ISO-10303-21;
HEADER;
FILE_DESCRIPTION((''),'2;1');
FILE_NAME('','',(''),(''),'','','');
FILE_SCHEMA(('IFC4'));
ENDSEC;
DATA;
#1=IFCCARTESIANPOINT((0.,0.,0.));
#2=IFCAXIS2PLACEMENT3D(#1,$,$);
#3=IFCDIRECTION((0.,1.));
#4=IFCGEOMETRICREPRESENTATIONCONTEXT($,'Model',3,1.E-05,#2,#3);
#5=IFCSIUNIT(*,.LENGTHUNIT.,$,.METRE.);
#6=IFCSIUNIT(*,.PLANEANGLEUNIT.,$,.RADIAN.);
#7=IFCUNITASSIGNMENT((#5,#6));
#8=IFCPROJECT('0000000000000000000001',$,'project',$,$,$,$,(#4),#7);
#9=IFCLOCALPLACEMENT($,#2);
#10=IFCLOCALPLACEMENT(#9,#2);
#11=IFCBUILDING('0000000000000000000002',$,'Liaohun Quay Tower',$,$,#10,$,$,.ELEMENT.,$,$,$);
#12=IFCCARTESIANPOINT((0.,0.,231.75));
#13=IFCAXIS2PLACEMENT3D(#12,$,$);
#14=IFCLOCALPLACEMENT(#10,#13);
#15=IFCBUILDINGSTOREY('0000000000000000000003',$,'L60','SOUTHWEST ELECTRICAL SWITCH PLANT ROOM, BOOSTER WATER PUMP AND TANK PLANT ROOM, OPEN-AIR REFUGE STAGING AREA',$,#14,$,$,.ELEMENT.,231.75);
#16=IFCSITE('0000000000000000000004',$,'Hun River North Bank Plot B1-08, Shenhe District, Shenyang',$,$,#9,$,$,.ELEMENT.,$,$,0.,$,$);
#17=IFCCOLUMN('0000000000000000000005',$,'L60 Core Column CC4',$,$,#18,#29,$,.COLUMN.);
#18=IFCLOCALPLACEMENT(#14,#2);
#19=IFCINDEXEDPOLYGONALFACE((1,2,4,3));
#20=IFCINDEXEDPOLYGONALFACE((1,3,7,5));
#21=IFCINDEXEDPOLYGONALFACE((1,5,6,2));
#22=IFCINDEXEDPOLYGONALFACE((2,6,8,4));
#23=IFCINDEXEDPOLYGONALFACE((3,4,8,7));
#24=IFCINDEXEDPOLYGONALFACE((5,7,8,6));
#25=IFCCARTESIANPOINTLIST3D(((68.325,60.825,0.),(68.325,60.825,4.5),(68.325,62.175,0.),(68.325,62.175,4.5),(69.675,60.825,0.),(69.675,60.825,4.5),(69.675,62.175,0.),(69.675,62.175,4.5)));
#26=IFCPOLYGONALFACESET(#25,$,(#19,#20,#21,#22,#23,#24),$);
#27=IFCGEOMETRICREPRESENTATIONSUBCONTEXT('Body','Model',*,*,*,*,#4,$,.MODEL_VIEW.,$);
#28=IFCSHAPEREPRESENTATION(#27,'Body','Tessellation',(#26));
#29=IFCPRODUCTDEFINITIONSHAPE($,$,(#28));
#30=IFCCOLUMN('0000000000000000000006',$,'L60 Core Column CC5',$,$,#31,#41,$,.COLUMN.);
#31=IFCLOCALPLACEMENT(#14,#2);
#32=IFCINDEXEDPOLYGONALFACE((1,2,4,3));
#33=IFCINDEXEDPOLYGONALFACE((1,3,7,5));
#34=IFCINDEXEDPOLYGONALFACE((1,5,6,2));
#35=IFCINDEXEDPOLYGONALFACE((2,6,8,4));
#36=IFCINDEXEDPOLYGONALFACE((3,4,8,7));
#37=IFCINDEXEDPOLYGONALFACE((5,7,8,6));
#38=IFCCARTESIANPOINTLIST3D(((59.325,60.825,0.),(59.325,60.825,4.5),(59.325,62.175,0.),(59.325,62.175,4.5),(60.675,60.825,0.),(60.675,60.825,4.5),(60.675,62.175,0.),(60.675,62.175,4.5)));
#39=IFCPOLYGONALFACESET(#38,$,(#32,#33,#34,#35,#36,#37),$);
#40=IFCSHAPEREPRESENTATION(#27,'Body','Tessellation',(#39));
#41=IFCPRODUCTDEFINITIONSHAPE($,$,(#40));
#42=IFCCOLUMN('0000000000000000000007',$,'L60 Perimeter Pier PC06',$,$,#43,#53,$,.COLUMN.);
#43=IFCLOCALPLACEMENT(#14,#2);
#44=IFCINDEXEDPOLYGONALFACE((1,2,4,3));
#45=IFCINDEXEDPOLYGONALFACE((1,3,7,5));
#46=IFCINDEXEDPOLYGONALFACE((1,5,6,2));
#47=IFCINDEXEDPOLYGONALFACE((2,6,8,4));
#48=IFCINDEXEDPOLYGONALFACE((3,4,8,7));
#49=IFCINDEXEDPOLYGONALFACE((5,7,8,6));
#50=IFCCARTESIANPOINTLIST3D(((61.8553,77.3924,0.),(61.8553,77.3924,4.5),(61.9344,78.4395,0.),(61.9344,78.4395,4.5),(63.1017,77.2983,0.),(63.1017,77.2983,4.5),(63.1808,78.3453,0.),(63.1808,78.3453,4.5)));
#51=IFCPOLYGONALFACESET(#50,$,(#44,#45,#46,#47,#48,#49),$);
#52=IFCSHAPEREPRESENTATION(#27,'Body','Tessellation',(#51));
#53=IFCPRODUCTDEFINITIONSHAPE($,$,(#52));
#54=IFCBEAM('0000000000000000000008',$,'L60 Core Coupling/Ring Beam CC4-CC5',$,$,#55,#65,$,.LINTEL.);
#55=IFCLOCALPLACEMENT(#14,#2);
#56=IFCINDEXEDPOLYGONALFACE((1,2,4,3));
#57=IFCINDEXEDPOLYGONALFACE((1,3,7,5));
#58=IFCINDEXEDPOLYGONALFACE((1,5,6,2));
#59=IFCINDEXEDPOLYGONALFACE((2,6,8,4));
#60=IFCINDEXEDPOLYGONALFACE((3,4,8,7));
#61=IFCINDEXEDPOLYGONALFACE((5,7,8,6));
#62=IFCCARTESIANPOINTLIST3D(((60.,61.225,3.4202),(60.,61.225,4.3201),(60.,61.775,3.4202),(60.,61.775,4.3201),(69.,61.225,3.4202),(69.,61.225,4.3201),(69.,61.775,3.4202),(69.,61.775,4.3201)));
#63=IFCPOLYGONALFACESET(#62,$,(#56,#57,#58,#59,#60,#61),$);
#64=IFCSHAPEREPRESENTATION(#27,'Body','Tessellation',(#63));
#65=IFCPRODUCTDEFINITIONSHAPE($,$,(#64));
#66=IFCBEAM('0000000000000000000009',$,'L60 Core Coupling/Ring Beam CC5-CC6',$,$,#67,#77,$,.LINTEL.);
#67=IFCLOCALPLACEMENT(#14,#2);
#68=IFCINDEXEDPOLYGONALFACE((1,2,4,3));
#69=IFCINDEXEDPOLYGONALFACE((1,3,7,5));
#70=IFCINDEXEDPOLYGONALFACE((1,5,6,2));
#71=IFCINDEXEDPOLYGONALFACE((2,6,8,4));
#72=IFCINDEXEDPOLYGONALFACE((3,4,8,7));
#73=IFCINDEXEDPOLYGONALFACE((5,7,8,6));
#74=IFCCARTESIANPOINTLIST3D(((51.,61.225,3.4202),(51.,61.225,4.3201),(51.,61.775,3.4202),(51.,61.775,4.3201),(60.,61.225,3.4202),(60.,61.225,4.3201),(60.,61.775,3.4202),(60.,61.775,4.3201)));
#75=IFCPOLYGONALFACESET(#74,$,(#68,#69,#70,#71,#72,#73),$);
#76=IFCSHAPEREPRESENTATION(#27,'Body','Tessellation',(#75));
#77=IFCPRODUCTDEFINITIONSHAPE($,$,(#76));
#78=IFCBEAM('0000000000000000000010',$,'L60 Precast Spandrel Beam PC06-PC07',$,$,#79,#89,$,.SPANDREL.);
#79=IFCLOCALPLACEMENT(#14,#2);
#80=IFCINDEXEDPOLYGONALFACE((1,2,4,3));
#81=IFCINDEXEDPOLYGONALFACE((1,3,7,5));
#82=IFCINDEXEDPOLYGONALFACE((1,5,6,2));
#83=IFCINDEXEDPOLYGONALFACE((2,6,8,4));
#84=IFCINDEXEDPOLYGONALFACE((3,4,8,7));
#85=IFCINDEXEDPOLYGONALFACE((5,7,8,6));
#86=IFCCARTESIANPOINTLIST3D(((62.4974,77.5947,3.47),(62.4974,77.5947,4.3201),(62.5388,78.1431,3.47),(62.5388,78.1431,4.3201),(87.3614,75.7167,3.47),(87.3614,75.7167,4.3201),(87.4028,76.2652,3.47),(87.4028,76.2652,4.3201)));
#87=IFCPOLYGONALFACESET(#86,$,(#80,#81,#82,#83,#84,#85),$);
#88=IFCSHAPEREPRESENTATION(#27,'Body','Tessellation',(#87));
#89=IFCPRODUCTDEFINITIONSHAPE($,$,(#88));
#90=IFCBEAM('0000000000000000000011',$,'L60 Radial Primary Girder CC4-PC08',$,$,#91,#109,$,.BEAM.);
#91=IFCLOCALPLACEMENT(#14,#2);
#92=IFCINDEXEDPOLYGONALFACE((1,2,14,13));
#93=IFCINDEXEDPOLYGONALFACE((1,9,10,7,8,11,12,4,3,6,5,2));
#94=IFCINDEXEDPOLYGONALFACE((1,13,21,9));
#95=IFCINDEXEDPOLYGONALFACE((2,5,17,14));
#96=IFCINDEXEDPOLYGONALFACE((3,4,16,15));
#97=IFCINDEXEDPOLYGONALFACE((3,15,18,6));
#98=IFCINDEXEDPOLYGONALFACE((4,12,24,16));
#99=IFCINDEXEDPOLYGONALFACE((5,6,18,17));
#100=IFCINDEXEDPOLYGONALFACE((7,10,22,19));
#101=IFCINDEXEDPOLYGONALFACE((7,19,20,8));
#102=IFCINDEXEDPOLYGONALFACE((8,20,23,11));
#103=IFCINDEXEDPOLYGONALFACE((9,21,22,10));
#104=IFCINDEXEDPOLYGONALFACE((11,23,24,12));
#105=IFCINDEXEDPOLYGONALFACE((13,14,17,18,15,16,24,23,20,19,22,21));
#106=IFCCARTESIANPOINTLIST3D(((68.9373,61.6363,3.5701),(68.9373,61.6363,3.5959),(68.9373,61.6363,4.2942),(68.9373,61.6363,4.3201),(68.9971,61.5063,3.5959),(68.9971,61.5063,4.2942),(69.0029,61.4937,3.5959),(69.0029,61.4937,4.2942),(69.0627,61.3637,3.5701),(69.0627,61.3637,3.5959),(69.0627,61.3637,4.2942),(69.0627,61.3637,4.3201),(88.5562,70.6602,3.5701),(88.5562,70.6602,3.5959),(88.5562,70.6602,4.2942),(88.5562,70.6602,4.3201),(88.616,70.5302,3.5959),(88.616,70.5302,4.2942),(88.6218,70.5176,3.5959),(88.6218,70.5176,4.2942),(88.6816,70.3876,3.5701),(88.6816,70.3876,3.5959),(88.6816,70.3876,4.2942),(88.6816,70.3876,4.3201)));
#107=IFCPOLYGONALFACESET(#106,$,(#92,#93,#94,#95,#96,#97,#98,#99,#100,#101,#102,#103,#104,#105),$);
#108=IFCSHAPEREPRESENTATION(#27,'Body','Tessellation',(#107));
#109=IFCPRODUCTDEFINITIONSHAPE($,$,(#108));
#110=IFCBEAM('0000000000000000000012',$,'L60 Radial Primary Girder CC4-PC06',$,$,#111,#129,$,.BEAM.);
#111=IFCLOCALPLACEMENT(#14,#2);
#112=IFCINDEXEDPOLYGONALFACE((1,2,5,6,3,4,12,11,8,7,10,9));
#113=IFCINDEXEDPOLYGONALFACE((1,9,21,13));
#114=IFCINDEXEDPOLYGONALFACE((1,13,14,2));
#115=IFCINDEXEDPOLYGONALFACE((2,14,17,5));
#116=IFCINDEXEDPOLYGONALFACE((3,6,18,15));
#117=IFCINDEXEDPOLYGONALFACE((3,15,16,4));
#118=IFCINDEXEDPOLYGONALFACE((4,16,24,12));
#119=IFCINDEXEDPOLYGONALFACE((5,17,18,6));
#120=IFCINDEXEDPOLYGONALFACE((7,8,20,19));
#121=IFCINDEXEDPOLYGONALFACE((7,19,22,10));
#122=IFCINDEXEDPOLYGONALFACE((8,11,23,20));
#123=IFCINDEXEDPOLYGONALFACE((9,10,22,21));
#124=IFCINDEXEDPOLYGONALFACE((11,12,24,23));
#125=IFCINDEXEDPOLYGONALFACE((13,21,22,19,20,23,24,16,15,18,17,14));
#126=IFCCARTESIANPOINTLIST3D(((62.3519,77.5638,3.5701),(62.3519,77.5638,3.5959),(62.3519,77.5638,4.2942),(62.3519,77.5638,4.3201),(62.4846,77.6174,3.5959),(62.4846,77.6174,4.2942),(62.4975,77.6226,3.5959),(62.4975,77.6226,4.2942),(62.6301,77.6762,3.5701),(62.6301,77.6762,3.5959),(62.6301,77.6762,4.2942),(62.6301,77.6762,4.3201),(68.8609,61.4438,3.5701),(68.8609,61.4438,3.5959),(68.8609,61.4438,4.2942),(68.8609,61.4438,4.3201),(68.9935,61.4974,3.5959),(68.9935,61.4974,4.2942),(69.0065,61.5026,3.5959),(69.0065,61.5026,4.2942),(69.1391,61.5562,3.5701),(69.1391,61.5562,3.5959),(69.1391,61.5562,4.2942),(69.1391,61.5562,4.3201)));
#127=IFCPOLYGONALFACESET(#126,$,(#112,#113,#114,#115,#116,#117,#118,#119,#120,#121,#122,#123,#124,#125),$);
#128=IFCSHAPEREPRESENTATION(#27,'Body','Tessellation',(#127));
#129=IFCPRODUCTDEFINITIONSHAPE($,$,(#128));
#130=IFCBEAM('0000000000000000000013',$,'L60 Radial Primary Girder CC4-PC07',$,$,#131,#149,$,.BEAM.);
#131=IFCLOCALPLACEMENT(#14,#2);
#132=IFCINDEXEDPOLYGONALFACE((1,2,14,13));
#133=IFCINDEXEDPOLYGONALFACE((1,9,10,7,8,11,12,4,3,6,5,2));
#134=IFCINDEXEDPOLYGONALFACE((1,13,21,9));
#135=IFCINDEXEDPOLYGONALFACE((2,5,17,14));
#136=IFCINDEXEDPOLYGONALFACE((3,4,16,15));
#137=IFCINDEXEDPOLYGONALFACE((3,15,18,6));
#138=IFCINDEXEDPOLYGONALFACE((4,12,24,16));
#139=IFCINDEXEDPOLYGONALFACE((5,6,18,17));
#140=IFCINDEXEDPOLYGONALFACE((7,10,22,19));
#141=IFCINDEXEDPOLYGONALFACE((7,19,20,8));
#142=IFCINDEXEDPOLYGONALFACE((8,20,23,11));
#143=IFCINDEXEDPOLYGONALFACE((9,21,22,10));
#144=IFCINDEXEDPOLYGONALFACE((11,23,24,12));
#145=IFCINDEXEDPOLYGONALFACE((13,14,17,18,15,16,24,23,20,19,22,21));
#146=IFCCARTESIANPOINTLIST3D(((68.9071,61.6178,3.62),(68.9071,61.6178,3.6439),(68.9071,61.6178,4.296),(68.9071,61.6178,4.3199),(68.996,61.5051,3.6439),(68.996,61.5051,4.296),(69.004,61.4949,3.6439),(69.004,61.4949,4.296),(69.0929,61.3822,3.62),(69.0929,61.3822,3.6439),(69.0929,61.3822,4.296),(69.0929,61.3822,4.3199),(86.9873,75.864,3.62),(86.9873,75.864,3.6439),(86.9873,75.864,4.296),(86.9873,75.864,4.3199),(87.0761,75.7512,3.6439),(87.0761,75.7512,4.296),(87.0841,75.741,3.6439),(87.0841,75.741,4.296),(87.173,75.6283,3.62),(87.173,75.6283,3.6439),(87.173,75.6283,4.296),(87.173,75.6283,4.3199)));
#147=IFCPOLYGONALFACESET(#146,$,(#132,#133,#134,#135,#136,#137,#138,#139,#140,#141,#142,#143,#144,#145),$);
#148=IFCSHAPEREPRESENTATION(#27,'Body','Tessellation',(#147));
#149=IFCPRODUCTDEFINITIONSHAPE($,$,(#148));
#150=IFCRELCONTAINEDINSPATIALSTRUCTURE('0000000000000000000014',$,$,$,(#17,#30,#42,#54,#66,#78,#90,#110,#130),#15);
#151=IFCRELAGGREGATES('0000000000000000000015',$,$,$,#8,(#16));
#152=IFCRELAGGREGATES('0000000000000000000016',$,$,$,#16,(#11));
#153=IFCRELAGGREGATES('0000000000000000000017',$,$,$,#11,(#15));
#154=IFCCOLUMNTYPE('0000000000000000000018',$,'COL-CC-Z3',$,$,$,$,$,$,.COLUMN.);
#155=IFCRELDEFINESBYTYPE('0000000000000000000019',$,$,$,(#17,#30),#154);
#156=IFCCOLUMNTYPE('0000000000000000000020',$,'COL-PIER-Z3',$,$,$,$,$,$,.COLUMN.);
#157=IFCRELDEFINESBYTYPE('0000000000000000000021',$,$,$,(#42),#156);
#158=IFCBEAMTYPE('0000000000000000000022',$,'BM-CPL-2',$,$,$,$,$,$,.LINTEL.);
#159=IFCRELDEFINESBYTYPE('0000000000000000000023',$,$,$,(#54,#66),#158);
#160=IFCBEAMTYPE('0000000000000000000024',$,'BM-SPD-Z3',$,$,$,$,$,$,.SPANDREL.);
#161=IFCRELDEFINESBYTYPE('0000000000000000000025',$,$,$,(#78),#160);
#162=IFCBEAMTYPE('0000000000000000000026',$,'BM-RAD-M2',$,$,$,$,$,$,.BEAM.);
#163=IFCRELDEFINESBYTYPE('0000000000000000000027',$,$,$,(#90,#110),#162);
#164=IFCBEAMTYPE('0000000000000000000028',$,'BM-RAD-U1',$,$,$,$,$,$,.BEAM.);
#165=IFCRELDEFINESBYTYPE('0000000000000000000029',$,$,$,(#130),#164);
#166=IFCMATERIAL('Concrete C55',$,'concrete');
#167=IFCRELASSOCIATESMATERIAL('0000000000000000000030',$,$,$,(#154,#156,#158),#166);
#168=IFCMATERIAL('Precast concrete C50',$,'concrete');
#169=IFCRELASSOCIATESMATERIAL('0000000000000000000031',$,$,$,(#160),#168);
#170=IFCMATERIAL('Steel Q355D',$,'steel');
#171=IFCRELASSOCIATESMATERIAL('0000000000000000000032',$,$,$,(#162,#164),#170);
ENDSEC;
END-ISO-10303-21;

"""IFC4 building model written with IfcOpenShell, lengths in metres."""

from ifc_helpers import new_model, si_unit, direction, frame, origin, origin_2d, place, context, subcontext, project, spatial, rectangle, i_section, extrude, source, transform, mapped, material, material_profile, profile_set, type_object, element, save


model = new_model("IFC4")

# Units and contexts
model_context = context("Model", 3, precision=1e-05, world=origin(), true_north=direction((0.0, 1.0)))
body_context = subcontext(model_context, "Body", "Model", "MODEL_VIEW")
ifc_project = project(units=[si_unit("LENGTHUNIT", "METRE"), si_unit("PLANEANGLEUNIT", "RADIAN")], contexts=[model_context])

# Site, building, storey
site_placement = place(None, origin())
site = spatial("IfcSite", under=ifc_project, at=site_placement, Name="Hun River North Bank Plot B1-08, Shenhe District, Shenyang", CompositionType="ELEMENT", RefElevation=0.0)
building_placement = place(site_placement, origin())
building = spatial("IfcBuilding", under=site, at=building_placement, Name="Liaohun Quay Tower", CompositionType="ELEMENT")
storey_placement = place(building_placement, frame((0.0, 0.0, 231.75)))
storey = spatial("IfcBuildingStorey", under=building, at=storey_placement, Name="L60", Description="SOUTHWEST ELECTRICAL SWITCH PLANT ROOM, BOOSTER WATER PUMP AND TANK PLANT ROOM, OPEN-AIR REFUGE STAGING AREA", CompositionType="ELEMENT", Elevation=231.75)

# Columns
ifc_material_1 = material(Name="Concrete C55", Category="concrete")
ifc_material_profile_1 = material_profile(ifc_material_1, rectangle(XDim=1.3501, YDim=1.3501, at=origin_2d()), Name="RC1350x1350")
ifc_profile_set_1 = profile_set([ifc_material_profile_1], Name="Concrete C55")
column_type_1 = type_object("IfcColumnType", Name="COL-CC-Z3", PredefinedType="COLUMN", material=ifc_profile_set_1)
shared_shape_1 = source(origin(), body_context, "Body", "SweptSolid", [
    extrude(rectangle(XDim=1.3501, YDim=1.3501, at=origin_2d()), origin(), (0.0, 0.0, 1.0), 4.5),
])
for number, where, z_axis, x_axis, name in (
    (1, (69.0, 61.5, 0.0), (0.0, 0.0, 1.0), (1.0, 0.0, 0.0), "L60 Core Column CC4"),
    (2, (60.0, 61.5, 0.0), (0.0, 0.0, 1.0), (1.0, 0.0, 0.0), "L60 Core Column CC5"),
):
    element("IfcColumn", number, at=place(storey_placement, frame(where, z_axis=z_axis, x_axis=x_axis)), inside=storey, type_object=column_type_1, Name=name, PredefinedType="COLUMN", context=body_context, shape_type="MappedRepresentation", body=[
        mapped(shared_shape_1, transform((0.0, 0.0, 0.0), x_axis=(1.0, 0.0, 0.0), y_axis=(0.0, 1.0, 0.0), z_axis=(0.0, 0.0, 1.0), scale=1.0)),
    ])
ifc_material_profile_2 = material_profile(ifc_material_1, rectangle(XDim=1.25, YDim=1.05, at=origin_2d()), Name="RC1250x1050")
ifc_profile_set_2 = profile_set([ifc_material_profile_2], Name="Concrete C55")
column_type_2 = type_object("IfcColumnType", Name="COL-PIER-Z3", PredefinedType="COLUMN", material=ifc_profile_set_2)
shared_shape_2 = source(origin(), body_context, "Body", "SweptSolid", [
    extrude(rectangle(XDim=1.25, YDim=1.05, at=origin_2d()), origin(), (0.0, 0.0, 1.0), 4.5),
])
column_placement = place(storey_placement, frame((62.5181, 77.8689, 0.0), z_axis=(0.0, 0.0, 1.0), x_axis=(-0.997159, 0.075327, 0.0)))
element("IfcColumn", 3, at=column_placement, inside=storey, type_object=column_type_2, Name="L60 Perimeter Pier PC06", PredefinedType="COLUMN", context=body_context, shape_type="MappedRepresentation", body=[
    mapped(shared_shape_2, transform((0.0, 0.0, 0.0), x_axis=(1.0, 0.0, 0.0), y_axis=(0.0, 1.0, 0.0), z_axis=(0.0, 0.0, 1.0), scale=1.0)),
])

# Beams
ifc_material_profile_3 = material_profile(ifc_material_1, rectangle(XDim=0.55, YDim=0.8999, at=origin_2d()), Name="RC550x900")
ifc_profile_set_3 = profile_set([ifc_material_profile_3], Name="Concrete C55")
beam_type_1 = type_object("IfcBeamType", Name="BM-CPL-2", PredefinedType="LINTEL", material=ifc_profile_set_3)
shared_shape_3 = source(origin(), body_context, "Body", "SweptSolid", [
    extrude(rectangle(XDim=0.55, YDim=0.8999, at=origin_2d()), origin(), (0.0, 0.0, 1.0), 9.0),
])
for number, where, z_axis, x_axis, name in (
    (4, (69.0, 61.5, 3.8701), (-1.0, 0.0, 0.0), (0.0, -1.0, 0.0), "L60 Core Coupling/Ring Beam CC4-CC5"),
    (5, (60.0, 61.5, 3.8701), (-1.0, 0.0, 0.0), (0.0, -1.0, 0.0), "L60 Core Coupling/Ring Beam CC5-CC6"),
):
    element("IfcBeam", number, at=place(storey_placement, frame(where, z_axis=z_axis, x_axis=x_axis)), inside=storey, type_object=beam_type_1, Name=name, PredefinedType="LINTEL", context=body_context, shape_type="MappedRepresentation", body=[
        mapped(shared_shape_3, transform((0.0, 0.0, 0.0), x_axis=(1.0, 0.0, 0.0), y_axis=(0.0, 1.0, 0.0), z_axis=(0.0, 0.0, 1.0), scale=1.0)),
    ])
ifc_material_2 = material(Name="Precast concrete C50", Category="concrete")
ifc_material_profile_4 = material_profile(ifc_material_2, rectangle(XDim=0.55, YDim=0.8501, at=origin_2d()), Name="RC550x850")
ifc_profile_set_4 = profile_set([ifc_material_profile_4], Name="Precast concrete C50")
beam_type_2 = type_object("IfcBeamType", Name="BM-SPD-Z3", PredefinedType="SPANDREL", material=ifc_profile_set_4)
shared_shape_4 = source(origin(), body_context, "Body", "SweptSolid", [
    extrude(rectangle(XDim=0.55, YDim=0.8501, at=origin_2d()), origin(), (0.0, 0.0, 1.0), 24.9348),
])
beam_1_placement = place(storey_placement, frame((62.5181, 77.8689, 3.895), z_axis=(0.99716, -0.075314, 0.0), x_axis=(0.075314, 0.99716, 0.0)))
element("IfcBeam", 6, at=beam_1_placement, inside=storey, type_object=beam_type_2, Name="L60 Precast Spandrel Beam PC06-PC07", PredefinedType="SPANDREL", context=body_context, shape_type="MappedRepresentation", body=[
    mapped(shared_shape_4, transform((0.0, 0.0, 0.0), x_axis=(1.0, 0.0, 0.0), y_axis=(0.0, 1.0, 0.0), z_axis=(0.0, 0.0, 1.0), scale=1.0)),
])
ifc_material_3 = material(Name="Steel Q355D", Category="steel")
ifc_material_profile_5 = material_profile(ifc_material_3, i_section(OverallWidth=0.3, OverallDepth=0.75, WebThickness=0.0139, FlangeThickness=0.0259, at=origin_2d()), Name="HN750x300x14x26")
ifc_profile_set_5 = profile_set([ifc_material_profile_5], Name="Steel Q355D")
beam_type_3 = type_object("IfcBeamType", Name="BM-RAD-M2", PredefinedType="BEAM", material=ifc_profile_set_5)
shared_shape_5 = source(origin(), body_context, "Body", "SweptSolid", [
    extrude(i_section(OverallWidth=0.3, OverallDepth=0.75, WebThickness=0.0139, FlangeThickness=0.0259, at=origin_2d()), origin(), (0.0, 0.0, 1.0), 21.5947),
])
beam_2_placement = place(storey_placement, frame((69.0, 61.5, 3.9451), z_axis=(0.908504, 0.417876, 0.0), x_axis=(-0.417876, 0.908504, 0.0)))
element("IfcBeam", 7, at=beam_2_placement, inside=storey, type_object=beam_type_3, Name="L60 Radial Primary Girder CC4-PC08", PredefinedType="BEAM", context=body_context, shape_type="MappedRepresentation", body=[
    mapped(shared_shape_5, transform((0.0, 0.0, 0.0), x_axis=(1.0, 0.0, 0.0), y_axis=(0.0, 1.0, 0.0), z_axis=(0.0, 0.0, 1.0), scale=1.0)),
])
shared_shape_6 = source(origin(), body_context, "Body", "SweptSolid", [
    extrude(i_section(OverallWidth=0.3, OverallDepth=0.75, WebThickness=0.0139, FlangeThickness=0.0259, at=origin_2d()), origin(), (0.0, 0.0, 1.0), 17.3845),
])
beam_3_placement = place(storey_placement, frame((69.0, 61.5, 3.9451), z_axis=(-0.374413, 0.927262, 0.0), x_axis=(-0.927262, -0.374413, 0.0)))
element("IfcBeam", 8, at=beam_3_placement, inside=storey, type_object=beam_type_3, Name="L60 Radial Primary Girder CC4-PC06", PredefinedType="BEAM", context=body_context, shape_type="MappedRepresentation", body=[
    mapped(shared_shape_6, transform((0.0, 0.0, 0.0), x_axis=(1.0, 0.0, 0.0), y_axis=(0.0, 1.0, 0.0), z_axis=(0.0, 0.0, 1.0), scale=1.0)),
])
ifc_material_profile_6 = material_profile(ifc_material_3, i_section(OverallWidth=0.3, OverallDepth=0.7, WebThickness=0.0129, FlangeThickness=0.0239, at=origin_2d()), Name="HN700x300x13x24")
ifc_profile_set_6 = profile_set([ifc_material_profile_6], Name="Steel Q355D")
beam_type_4 = type_object("IfcBeamType", Name="BM-RAD-U1", PredefinedType="BEAM", material=ifc_profile_set_6)
shared_shape_7 = source(origin(), body_context, "Body", "SweptSolid", [
    extrude(i_section(OverallWidth=0.3, OverallDepth=0.7, WebThickness=0.0129, FlangeThickness=0.0239, at=origin_2d()), origin(), (0.0, 0.0, 1.0), 23.0183),
])
beam_4_placement = place(storey_placement, frame((69.0, 61.5, 3.97), z_axis=(0.785467, 0.618904, 0.0), x_axis=(-0.618904, 0.785467, 0.0)))
element("IfcBeam", 9, at=beam_4_placement, inside=storey, type_object=beam_type_4, Name="L60 Radial Primary Girder CC4-PC07", PredefinedType="BEAM", context=body_context, shape_type="MappedRepresentation", body=[
    mapped(shared_shape_7, transform((0.0, 0.0, 0.0), x_axis=(1.0, 0.0, 0.0), y_axis=(0.0, 1.0, 0.0), z_axis=(0.0, 0.0, 1.0), scale=1.0)),
])

save(model, "model.ifc")
